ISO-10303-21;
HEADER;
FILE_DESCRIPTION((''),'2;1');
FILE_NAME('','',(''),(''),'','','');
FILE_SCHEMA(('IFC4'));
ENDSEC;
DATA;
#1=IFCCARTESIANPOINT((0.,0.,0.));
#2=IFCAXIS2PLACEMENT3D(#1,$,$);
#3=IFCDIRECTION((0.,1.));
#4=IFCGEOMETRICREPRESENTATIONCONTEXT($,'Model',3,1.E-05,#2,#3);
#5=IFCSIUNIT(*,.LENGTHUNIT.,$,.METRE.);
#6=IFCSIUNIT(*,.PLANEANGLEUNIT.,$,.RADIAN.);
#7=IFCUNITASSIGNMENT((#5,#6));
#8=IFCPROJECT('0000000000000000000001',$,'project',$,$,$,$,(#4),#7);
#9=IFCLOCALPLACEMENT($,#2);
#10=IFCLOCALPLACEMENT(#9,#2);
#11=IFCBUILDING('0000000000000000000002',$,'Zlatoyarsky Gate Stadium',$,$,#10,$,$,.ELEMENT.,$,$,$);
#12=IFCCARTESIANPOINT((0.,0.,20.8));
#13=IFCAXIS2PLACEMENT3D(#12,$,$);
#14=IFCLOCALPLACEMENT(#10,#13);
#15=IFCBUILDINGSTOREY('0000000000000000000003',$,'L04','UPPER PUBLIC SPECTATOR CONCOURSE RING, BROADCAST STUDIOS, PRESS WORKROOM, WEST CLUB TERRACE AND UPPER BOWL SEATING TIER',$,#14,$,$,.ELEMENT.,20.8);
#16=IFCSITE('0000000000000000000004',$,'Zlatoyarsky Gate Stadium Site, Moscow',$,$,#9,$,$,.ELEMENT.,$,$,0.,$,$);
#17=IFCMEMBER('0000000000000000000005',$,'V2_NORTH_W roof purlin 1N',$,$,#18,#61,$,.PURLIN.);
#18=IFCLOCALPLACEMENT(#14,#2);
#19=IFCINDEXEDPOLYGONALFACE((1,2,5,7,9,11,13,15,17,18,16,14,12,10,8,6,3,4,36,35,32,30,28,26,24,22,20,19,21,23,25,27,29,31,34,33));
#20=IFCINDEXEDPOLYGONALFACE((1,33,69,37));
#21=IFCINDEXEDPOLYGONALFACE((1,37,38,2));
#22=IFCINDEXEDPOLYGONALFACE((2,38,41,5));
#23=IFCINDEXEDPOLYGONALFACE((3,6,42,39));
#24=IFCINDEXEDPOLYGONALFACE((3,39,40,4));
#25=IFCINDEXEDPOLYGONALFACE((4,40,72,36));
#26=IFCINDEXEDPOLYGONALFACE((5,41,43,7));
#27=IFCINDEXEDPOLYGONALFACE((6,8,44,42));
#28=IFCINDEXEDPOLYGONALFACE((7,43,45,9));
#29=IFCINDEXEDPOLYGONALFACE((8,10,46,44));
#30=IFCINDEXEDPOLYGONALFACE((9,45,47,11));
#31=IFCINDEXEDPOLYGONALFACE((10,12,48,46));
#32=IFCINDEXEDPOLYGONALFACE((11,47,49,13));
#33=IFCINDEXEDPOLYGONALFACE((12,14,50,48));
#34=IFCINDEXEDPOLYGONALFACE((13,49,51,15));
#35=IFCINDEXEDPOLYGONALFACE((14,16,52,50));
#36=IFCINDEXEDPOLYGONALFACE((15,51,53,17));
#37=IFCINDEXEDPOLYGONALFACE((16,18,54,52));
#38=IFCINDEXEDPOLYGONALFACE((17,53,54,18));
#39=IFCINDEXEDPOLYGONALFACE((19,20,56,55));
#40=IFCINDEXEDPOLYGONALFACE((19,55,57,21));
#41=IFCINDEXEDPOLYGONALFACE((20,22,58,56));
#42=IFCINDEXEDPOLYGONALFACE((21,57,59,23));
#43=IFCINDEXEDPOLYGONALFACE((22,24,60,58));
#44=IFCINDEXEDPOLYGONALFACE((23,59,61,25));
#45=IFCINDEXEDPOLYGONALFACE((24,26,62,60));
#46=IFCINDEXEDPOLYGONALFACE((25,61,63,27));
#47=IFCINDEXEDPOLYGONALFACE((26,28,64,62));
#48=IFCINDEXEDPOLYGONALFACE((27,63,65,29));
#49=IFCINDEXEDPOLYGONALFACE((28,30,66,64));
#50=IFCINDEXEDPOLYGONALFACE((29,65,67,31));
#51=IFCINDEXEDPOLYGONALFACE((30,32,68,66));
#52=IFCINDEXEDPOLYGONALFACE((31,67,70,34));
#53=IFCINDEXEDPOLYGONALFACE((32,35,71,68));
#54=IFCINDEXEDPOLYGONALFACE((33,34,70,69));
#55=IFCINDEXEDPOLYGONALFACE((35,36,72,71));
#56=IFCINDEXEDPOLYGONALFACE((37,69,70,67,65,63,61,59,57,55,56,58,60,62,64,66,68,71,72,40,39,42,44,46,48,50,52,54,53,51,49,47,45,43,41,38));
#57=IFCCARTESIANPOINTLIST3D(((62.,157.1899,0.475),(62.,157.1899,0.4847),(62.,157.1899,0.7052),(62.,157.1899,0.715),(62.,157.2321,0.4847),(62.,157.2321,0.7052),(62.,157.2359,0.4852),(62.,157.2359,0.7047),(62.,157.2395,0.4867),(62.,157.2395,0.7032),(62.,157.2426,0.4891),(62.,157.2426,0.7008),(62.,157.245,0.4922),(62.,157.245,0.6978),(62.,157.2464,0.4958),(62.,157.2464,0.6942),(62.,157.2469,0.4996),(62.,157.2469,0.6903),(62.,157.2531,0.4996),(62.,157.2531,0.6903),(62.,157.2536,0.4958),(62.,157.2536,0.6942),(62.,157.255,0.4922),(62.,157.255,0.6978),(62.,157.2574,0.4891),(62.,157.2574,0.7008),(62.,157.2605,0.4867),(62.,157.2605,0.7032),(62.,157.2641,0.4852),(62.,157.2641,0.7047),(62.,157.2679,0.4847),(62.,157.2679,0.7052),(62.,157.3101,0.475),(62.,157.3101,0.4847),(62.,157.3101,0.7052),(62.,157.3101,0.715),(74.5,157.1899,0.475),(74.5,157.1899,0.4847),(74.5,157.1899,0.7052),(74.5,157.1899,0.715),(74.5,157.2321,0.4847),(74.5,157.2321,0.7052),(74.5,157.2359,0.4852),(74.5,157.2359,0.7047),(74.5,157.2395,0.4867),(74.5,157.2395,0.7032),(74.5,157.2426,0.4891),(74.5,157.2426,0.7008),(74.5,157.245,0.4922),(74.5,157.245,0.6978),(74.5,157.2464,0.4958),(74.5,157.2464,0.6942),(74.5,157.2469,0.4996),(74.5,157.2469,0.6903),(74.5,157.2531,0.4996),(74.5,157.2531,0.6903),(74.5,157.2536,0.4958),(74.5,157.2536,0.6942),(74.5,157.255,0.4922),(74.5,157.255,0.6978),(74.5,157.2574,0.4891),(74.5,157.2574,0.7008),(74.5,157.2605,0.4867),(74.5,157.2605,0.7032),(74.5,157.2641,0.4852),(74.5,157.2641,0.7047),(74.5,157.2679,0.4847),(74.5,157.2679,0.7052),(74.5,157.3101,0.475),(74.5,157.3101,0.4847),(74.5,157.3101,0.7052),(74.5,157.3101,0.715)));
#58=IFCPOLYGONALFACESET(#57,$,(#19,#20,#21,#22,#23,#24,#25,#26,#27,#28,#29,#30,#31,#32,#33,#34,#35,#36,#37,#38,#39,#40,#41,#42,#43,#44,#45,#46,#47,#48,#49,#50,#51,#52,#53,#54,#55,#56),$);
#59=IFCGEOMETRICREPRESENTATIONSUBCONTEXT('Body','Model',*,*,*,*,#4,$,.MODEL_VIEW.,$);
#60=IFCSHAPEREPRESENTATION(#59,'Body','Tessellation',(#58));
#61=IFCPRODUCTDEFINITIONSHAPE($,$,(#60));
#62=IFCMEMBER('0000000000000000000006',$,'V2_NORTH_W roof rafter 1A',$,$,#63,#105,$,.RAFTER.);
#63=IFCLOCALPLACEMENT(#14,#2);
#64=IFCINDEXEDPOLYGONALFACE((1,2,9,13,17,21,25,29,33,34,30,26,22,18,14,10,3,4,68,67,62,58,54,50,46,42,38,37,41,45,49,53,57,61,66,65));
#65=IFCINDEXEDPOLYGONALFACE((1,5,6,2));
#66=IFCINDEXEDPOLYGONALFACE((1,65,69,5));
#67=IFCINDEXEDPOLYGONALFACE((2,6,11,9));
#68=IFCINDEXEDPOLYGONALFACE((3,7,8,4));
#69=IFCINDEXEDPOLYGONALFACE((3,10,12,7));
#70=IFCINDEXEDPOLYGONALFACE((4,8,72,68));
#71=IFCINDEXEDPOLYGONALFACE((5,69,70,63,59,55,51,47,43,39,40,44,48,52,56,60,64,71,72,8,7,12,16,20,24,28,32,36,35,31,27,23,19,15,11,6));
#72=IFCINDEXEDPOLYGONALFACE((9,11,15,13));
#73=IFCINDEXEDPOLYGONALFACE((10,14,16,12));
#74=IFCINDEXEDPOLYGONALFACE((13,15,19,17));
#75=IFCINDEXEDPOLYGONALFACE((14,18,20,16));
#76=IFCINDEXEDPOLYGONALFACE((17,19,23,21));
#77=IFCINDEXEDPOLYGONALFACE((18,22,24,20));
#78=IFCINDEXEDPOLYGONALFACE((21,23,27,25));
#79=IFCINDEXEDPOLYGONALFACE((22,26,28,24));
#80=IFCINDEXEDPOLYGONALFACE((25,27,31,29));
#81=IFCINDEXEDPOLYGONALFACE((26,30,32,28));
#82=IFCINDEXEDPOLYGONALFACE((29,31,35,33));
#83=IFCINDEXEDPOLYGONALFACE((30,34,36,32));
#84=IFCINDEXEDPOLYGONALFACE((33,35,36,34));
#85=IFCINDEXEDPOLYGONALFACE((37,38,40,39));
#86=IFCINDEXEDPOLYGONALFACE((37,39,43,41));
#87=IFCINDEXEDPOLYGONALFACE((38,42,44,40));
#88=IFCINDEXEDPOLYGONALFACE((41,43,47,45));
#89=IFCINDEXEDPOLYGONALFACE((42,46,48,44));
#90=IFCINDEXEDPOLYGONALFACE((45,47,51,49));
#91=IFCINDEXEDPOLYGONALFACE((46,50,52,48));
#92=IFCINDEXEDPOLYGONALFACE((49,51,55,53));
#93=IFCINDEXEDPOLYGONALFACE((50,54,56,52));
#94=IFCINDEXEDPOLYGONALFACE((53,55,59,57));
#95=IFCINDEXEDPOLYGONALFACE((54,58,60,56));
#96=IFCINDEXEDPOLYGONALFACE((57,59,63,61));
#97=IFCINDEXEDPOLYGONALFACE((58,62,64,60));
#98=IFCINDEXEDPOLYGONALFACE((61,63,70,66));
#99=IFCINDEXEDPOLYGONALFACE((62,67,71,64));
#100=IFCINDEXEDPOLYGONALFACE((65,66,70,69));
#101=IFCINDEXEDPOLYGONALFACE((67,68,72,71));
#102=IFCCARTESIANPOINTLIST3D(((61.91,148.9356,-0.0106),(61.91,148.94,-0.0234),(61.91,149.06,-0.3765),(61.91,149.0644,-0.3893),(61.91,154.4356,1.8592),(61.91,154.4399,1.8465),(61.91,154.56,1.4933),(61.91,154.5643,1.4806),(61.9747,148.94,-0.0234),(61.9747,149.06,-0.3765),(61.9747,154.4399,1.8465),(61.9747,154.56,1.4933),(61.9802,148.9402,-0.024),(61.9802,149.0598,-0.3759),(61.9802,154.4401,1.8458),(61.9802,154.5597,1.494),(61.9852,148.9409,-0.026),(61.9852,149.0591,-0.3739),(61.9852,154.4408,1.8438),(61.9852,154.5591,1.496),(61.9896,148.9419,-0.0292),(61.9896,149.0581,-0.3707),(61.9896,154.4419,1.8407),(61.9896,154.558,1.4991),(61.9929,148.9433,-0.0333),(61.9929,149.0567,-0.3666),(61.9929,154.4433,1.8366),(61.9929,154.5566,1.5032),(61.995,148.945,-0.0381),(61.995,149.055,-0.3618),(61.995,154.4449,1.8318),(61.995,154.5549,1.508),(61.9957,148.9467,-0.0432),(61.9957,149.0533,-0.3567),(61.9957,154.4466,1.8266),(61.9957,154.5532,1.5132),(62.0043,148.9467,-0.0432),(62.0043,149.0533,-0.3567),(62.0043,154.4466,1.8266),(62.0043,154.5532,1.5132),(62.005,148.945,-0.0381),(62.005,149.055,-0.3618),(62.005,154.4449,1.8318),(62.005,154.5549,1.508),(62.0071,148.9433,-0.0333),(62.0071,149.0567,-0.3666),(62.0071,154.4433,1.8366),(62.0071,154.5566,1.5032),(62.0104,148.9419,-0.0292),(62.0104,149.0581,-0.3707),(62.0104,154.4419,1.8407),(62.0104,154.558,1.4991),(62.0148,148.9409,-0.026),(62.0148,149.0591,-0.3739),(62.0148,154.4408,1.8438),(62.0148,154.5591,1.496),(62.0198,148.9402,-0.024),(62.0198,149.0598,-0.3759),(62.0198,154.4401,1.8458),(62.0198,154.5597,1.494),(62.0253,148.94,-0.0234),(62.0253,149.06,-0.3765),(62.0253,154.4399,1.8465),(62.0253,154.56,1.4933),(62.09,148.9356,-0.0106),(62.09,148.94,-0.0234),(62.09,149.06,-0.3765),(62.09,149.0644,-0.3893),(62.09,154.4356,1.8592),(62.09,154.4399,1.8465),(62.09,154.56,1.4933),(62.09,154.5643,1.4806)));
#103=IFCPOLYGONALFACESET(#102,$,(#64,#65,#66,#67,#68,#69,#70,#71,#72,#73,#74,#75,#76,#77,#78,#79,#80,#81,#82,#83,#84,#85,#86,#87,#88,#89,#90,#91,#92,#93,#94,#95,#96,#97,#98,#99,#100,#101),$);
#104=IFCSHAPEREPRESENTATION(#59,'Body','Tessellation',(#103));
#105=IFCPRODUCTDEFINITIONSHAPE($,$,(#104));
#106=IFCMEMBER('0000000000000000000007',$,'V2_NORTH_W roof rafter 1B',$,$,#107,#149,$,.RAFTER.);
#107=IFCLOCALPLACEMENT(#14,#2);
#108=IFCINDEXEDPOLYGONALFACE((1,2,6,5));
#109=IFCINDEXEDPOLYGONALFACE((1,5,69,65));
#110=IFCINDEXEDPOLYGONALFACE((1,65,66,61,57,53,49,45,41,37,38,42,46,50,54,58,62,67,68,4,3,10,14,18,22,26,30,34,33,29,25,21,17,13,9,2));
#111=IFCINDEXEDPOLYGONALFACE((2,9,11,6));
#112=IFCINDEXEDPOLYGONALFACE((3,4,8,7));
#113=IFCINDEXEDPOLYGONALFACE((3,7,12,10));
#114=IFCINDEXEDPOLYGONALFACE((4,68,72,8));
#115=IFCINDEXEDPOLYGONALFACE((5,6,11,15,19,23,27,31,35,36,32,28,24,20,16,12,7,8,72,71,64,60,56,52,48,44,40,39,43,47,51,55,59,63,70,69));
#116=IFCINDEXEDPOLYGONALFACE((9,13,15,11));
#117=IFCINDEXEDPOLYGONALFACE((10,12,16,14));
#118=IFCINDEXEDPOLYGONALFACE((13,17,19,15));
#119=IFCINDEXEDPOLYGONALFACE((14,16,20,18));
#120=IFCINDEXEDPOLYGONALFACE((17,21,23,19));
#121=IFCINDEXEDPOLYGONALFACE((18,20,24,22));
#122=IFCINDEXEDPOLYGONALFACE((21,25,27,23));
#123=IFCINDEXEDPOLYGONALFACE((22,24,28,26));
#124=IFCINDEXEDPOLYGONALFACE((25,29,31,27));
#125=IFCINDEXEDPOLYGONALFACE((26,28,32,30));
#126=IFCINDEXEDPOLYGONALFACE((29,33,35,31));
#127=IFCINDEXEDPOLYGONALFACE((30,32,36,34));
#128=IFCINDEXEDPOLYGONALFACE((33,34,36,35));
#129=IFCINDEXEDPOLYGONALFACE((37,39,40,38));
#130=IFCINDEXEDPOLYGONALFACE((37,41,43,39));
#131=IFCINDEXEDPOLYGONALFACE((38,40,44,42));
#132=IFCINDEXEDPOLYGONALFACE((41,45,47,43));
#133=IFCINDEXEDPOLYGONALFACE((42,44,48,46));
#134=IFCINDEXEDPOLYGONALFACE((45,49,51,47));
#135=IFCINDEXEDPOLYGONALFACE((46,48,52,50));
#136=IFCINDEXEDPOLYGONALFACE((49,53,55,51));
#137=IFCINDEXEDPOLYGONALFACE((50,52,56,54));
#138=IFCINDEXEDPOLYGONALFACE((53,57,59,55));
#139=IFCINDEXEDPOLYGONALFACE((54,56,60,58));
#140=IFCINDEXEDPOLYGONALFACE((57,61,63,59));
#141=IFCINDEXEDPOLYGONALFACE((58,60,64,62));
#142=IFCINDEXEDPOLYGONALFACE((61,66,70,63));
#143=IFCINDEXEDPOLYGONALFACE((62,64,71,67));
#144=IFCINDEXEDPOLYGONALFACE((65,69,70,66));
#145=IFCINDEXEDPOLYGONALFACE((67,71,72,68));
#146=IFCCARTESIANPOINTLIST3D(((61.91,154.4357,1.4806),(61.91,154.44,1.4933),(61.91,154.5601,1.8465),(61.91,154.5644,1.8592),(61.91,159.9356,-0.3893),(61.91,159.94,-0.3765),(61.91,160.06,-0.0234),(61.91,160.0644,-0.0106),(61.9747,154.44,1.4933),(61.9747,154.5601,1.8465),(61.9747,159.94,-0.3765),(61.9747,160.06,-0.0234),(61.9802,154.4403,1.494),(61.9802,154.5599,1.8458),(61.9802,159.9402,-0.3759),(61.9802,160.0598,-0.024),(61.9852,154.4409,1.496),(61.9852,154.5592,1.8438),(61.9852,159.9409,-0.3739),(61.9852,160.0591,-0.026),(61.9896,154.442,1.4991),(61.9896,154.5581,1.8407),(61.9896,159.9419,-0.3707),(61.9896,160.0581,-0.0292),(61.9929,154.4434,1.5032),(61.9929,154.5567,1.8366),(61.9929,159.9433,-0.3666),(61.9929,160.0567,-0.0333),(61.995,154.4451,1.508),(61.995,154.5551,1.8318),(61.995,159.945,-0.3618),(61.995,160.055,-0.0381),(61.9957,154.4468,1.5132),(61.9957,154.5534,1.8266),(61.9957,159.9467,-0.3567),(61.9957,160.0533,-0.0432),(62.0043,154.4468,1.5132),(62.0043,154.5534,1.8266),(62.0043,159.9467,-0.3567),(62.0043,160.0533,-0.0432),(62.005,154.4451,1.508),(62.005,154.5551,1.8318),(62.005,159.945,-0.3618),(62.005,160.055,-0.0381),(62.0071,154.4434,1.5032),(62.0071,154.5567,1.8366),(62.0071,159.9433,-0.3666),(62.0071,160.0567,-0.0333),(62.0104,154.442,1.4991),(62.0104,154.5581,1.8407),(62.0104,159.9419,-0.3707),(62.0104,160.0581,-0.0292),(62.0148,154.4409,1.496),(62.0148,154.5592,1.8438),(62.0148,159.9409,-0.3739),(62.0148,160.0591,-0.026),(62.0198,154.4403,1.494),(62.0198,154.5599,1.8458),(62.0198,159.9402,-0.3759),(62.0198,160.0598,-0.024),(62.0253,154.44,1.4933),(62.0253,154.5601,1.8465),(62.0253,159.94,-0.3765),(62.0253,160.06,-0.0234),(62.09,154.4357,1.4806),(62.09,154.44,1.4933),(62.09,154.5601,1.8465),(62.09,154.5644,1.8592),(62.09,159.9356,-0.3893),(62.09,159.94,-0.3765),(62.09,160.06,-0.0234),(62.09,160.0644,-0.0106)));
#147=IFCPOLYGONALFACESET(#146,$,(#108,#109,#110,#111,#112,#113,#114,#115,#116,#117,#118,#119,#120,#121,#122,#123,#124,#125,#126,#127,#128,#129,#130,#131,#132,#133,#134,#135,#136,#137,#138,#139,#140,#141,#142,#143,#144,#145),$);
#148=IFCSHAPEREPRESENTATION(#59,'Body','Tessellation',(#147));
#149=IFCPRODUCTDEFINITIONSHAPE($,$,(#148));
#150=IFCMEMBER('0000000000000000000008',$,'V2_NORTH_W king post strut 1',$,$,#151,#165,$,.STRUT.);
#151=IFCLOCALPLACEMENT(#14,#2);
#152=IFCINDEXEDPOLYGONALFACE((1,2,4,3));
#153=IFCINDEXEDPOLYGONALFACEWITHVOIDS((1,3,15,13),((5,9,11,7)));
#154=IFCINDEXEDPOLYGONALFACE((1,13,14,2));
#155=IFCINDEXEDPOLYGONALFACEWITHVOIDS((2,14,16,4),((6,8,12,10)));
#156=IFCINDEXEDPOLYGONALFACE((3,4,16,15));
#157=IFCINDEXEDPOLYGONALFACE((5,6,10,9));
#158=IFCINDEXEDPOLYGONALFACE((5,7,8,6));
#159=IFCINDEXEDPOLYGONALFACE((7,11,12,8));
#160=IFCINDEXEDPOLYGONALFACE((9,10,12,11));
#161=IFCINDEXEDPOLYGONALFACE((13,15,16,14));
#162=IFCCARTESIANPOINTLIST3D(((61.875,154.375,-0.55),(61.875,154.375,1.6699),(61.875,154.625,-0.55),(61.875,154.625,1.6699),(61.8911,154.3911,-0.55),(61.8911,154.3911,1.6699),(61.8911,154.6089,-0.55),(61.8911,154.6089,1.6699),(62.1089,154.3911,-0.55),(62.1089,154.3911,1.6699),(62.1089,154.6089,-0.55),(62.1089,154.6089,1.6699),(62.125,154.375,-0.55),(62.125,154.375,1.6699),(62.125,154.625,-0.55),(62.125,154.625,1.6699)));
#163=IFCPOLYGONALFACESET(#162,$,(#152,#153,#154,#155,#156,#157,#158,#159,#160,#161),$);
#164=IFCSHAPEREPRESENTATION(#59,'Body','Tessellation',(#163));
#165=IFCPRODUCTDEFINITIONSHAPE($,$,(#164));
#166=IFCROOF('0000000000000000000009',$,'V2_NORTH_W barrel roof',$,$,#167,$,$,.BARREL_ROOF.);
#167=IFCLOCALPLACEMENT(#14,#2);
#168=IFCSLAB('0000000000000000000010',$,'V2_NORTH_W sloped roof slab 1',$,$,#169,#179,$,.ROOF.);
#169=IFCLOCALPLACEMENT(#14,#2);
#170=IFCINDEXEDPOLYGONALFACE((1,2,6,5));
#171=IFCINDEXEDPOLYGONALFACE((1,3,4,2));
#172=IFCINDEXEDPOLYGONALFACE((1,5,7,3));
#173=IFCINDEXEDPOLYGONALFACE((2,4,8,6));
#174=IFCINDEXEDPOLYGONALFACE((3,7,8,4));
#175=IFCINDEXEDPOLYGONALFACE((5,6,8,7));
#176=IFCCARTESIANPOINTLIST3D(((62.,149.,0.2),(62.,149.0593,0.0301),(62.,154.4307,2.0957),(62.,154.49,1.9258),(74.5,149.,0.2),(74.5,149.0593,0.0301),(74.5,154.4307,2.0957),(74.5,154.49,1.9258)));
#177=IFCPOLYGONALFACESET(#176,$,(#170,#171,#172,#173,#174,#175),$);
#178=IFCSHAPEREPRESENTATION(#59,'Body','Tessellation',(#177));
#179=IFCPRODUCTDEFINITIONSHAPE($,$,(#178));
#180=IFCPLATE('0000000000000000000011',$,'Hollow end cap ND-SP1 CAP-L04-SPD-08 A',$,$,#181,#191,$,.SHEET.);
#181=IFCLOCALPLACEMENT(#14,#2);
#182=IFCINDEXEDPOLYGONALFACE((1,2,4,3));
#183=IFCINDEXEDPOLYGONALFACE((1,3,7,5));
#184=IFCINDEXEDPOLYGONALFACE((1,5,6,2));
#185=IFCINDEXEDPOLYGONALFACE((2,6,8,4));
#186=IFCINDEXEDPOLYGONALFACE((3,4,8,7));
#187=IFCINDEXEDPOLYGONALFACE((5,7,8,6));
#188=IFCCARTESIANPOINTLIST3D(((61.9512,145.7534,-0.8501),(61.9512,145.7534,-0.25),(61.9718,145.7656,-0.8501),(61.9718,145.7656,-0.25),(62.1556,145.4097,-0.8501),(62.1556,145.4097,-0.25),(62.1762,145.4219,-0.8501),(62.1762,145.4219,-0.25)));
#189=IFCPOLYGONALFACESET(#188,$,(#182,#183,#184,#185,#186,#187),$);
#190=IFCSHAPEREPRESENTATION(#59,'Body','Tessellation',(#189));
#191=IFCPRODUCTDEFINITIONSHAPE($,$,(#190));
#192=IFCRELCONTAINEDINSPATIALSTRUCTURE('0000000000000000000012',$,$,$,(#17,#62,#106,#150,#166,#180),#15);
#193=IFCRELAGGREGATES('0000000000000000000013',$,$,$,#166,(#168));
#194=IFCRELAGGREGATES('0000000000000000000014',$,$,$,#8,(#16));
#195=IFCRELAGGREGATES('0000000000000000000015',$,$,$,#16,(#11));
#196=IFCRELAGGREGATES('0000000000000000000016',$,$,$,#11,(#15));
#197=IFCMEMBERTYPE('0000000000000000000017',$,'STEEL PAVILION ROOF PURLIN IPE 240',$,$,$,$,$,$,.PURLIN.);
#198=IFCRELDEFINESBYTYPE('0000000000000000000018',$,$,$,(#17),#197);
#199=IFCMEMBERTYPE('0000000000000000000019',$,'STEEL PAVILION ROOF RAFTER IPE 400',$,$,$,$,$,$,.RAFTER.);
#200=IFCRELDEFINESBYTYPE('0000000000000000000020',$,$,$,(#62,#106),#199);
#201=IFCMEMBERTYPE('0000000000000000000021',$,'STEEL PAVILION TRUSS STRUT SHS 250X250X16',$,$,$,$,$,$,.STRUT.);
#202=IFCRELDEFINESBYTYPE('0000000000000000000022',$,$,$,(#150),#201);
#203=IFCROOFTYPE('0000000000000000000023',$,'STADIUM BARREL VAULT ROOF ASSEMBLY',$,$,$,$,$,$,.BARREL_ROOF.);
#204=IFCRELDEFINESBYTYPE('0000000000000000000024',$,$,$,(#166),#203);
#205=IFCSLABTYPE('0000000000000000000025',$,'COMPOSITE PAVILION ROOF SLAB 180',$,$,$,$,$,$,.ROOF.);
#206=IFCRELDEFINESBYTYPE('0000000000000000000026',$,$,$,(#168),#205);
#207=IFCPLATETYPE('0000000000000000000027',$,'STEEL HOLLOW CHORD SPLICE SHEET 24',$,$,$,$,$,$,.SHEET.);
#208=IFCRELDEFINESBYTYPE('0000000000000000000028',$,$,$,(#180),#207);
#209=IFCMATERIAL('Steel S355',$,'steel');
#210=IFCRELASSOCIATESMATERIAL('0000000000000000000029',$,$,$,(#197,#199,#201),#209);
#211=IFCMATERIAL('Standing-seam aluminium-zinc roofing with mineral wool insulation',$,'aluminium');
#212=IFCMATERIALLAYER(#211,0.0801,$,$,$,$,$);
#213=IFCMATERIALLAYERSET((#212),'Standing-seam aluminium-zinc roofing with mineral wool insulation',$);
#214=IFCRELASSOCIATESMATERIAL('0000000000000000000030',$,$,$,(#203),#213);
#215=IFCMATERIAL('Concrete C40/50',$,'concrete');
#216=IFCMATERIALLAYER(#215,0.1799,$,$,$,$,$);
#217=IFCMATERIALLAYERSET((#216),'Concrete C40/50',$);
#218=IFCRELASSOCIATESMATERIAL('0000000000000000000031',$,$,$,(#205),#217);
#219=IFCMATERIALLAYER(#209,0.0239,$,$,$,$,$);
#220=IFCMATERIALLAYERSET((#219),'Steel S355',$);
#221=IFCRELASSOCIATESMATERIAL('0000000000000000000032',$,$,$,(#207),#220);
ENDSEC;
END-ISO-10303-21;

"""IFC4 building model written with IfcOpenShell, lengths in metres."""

from ifc_helpers import new_model, si_unit, direction, frame, origin, origin_2d, place, context, subcontext, project, spatial, polyline, rectangle, hollow_rectangle, i_section, outline, extrude, material, layer, layer_set, material_profile, profile_set, type_object, element, aggregate, save


model = new_model("IFC4")

# Units and contexts
model_context = context("Model", 3, precision=1e-05, world=origin(), true_north=direction((0.0, 1.0)))
body_context = subcontext(model_context, "Body", "Model", "MODEL_VIEW")
ifc_project = project(units=[si_unit("LENGTHUNIT", "METRE"), si_unit("PLANEANGLEUNIT", "RADIAN")], contexts=[model_context])

# Site, building, storey
site_placement = place(None, origin())
site = spatial("IfcSite", under=ifc_project, at=site_placement, Name="Zlatoyarsky Gate Stadium Site, Moscow", CompositionType="ELEMENT", RefElevation=0.0)
building_placement = place(site_placement, origin())
building = spatial("IfcBuilding", under=site, at=building_placement, Name="Zlatoyarsky Gate Stadium", CompositionType="ELEMENT")
storey_placement = place(building_placement, frame((0.0, 0.0, 20.8)))
storey = spatial("IfcBuildingStorey", under=building, at=storey_placement, Name="L04", Description="UPPER PUBLIC SPECTATOR CONCOURSE RING, BROADCAST STUDIOS, PRESS WORKROOM, WEST CLUB TERRACE AND UPPER BOWL SEATING TIER", CompositionType="ELEMENT", Elevation=20.8)

# Shared definitions
ifc_material_1 = material(Name="Steel S355", Category="steel")

# Members
ifc_material_profile_1 = material_profile(ifc_material_1, i_section(OverallWidth=0.1201, OverallDepth=0.24, WebThickness=0.0061, FlangeThickness=0.0098, FilletRadius=0.0149, at=origin_2d()), Name="IPE 240")
ifc_profile_set_1 = profile_set([ifc_material_profile_1], Name="Steel S355")
member_type_1 = type_object("IfcMemberType", Name="STEEL PAVILION ROOF PURLIN IPE 240", PredefinedType="PURLIN", material=ifc_profile_set_1)
for number, where, z_axis, x_axis, name in (
    (1, (62.0, 157.25, 0.595), (1.0, 0.0, 0.0), (0.0, 1.0, 0.0), "V2_NORTH_W roof purlin 1N"),
):
    element("IfcMember", number, at=place(storey_placement, frame(where, z_axis=z_axis, x_axis=x_axis)), inside=storey, type_object=member_type_1, Name=name, PredefinedType="PURLIN", context=body_context, shape_type="SweptSolid", body=[
        extrude(i_section(OverallWidth=0.1201, OverallDepth=0.24, WebThickness=0.0061, FlangeThickness=0.0098, FilletRadius=0.0149, at=origin_2d()), origin(), (0.0, 0.0, 1.0), 12.5),
    ])
ifc_material_profile_2 = material_profile(ifc_material_1, i_section(OverallWidth=0.1799, OverallDepth=0.3999, WebThickness=0.0085, FlangeThickness=0.0134, FilletRadius=0.021, at=origin_2d()), Name="IPE 400")
ifc_profile_set_2 = profile_set([ifc_material_profile_2], Name="Steel S355")
member_type_2 = type_object("IfcMemberType", Name="STEEL PAVILION ROOF RAFTER IPE 400", PredefinedType="RAFTER", material=ifc_profile_set_2)
for number, where, z_axis, x_axis, name in (
    (2, (62.0, 149.0, -0.2), (0.0, 0.946779, 0.321883), (-1.0, 0.0, 0.0), "V2_NORTH_W roof rafter 1A"),
    (3, (62.0, 160.0, -0.2), (0.0, -0.946779, 0.321883), (1.0, 0.0, 0.0), "V2_NORTH_W roof rafter 1B"),
):
    element("IfcMember", number, at=place(storey_placement, frame(where, z_axis=z_axis, x_axis=x_axis)), inside=storey, type_object=member_type_2, Name=name, PredefinedType="RAFTER", context=body_context, shape_type="SweptSolid", body=[
        extrude(i_section(OverallWidth=0.1799, OverallDepth=0.3999, WebThickness=0.0085, FlangeThickness=0.0134, FilletRadius=0.021, at=origin_2d()), origin(), (0.0, 0.0, 1.0), 5.8091),
    ])
ifc_material_profile_3 = material_profile(ifc_material_1, hollow_rectangle(XDim=0.25, YDim=0.25, WallThickness=0.0161, at=origin_2d()), Name="SHS 250X250X16")
ifc_profile_set_3 = profile_set([ifc_material_profile_3], Name="Steel S355")
member_type_3 = type_object("IfcMemberType", Name="STEEL PAVILION TRUSS STRUT SHS 250X250X16", PredefinedType="STRUT", material=ifc_profile_set_3)
member_1_placement = place(storey_placement, frame((62.0, 154.5, -0.55), z_axis=(0.0, 0.0, 1.0), x_axis=(1.0, 0.0, 0.0)))
element("IfcMember", 4, at=member_1_placement, inside=storey, type_object=member_type_3, Name="V2_NORTH_W king post strut 1", PredefinedType="STRUT", context=body_context, shape_type="SweptSolid", body=[
    extrude(hollow_rectangle(XDim=0.25, YDim=0.25, WallThickness=0.0161, at=origin_2d()), origin(), (0.0, 0.0, 1.0), 2.22),
])

# Roof, slab
ifc_material_2 = material(Name="Standing-seam aluminium-zinc roofing with mineral wool insulation", Category="aluminium")
ifc_layer_1 = layer(ifc_material_2, 0.0801)
ifc_layer_set_1 = layer_set([ifc_layer_1], Name="Standing-seam aluminium-zinc roofing with mineral wool insulation")
roof_type = type_object("IfcRoofType", Name="STADIUM BARREL VAULT ROOF ASSEMBLY", PredefinedType="BARREL_ROOF", material=ifc_layer_set_1)
roof_placement = place(storey_placement, origin())
roof = element("IfcRoof", 5, at=roof_placement, inside=storey, type_object=roof_type, Name="V2_NORTH_W barrel roof", PredefinedType="BARREL_ROOF")
ifc_material_3 = material(Name="Concrete C40/50", Category="concrete")
ifc_layer_2 = layer(ifc_material_3, 0.1799)
ifc_layer_set_2 = layer_set([ifc_layer_2], Name="Concrete C40/50")
slab_type = type_object("IfcSlabType", Name="COMPOSITE PAVILION ROOF SLAB 180", PredefinedType="ROOF", material=ifc_layer_set_2)
slab_placement = place(storey_placement, frame((62.0, 149.0, 0.2), z_axis=(0.0, -0.329579, 0.944128), x_axis=(1.0, 0.0, 0.0)))
slab = element("IfcSlab", 6, at=slab_placement, type_object=slab_type, Name="V2_NORTH_W sloped roof slab 1", PredefinedType="ROOF", context=body_context, shape_type="SweptSolid", body=[
    extrude(outline(polyline([(0.0, 0.0), (12.5, 0.0), (12.5, 5.752), (0.0, 5.752), (0.0, 0.0)])), origin(), (0.0, 0.0, -1.0), 0.1799),
])

# Plate
ifc_layer_3 = layer(ifc_material_1, 0.0239)
ifc_layer_set_3 = layer_set([ifc_layer_3], Name="Steel S355")
plate_type_1 = type_object("IfcPlateType", Name="STEEL HOLLOW CHORD SPLICE SHEET 24", PredefinedType="SHEET", material=ifc_layer_set_3)
plate_1_placement = place(storey_placement, frame((62.0637, 145.5876, -0.8501), z_axis=(0.0, 0.0, 1.0), x_axis=(-0.859509, -0.51112, 0.0)))
element("IfcPlate", 7, at=plate_1_placement, inside=storey, type_object=plate_type_1, Name="Hollow end cap ND-SP1 CAP-L04-SPD-08 A", PredefinedType="SHEET", context=body_context, shape_type="SweptSolid", body=[
    extrude(rectangle(XDim=0.0239, YDim=0.3999, at=origin_2d()), origin(), (0.0, 0.0, 1.0), 0.6001),
])

aggregate(roof, [slab])

save(model, "model.ifc")
